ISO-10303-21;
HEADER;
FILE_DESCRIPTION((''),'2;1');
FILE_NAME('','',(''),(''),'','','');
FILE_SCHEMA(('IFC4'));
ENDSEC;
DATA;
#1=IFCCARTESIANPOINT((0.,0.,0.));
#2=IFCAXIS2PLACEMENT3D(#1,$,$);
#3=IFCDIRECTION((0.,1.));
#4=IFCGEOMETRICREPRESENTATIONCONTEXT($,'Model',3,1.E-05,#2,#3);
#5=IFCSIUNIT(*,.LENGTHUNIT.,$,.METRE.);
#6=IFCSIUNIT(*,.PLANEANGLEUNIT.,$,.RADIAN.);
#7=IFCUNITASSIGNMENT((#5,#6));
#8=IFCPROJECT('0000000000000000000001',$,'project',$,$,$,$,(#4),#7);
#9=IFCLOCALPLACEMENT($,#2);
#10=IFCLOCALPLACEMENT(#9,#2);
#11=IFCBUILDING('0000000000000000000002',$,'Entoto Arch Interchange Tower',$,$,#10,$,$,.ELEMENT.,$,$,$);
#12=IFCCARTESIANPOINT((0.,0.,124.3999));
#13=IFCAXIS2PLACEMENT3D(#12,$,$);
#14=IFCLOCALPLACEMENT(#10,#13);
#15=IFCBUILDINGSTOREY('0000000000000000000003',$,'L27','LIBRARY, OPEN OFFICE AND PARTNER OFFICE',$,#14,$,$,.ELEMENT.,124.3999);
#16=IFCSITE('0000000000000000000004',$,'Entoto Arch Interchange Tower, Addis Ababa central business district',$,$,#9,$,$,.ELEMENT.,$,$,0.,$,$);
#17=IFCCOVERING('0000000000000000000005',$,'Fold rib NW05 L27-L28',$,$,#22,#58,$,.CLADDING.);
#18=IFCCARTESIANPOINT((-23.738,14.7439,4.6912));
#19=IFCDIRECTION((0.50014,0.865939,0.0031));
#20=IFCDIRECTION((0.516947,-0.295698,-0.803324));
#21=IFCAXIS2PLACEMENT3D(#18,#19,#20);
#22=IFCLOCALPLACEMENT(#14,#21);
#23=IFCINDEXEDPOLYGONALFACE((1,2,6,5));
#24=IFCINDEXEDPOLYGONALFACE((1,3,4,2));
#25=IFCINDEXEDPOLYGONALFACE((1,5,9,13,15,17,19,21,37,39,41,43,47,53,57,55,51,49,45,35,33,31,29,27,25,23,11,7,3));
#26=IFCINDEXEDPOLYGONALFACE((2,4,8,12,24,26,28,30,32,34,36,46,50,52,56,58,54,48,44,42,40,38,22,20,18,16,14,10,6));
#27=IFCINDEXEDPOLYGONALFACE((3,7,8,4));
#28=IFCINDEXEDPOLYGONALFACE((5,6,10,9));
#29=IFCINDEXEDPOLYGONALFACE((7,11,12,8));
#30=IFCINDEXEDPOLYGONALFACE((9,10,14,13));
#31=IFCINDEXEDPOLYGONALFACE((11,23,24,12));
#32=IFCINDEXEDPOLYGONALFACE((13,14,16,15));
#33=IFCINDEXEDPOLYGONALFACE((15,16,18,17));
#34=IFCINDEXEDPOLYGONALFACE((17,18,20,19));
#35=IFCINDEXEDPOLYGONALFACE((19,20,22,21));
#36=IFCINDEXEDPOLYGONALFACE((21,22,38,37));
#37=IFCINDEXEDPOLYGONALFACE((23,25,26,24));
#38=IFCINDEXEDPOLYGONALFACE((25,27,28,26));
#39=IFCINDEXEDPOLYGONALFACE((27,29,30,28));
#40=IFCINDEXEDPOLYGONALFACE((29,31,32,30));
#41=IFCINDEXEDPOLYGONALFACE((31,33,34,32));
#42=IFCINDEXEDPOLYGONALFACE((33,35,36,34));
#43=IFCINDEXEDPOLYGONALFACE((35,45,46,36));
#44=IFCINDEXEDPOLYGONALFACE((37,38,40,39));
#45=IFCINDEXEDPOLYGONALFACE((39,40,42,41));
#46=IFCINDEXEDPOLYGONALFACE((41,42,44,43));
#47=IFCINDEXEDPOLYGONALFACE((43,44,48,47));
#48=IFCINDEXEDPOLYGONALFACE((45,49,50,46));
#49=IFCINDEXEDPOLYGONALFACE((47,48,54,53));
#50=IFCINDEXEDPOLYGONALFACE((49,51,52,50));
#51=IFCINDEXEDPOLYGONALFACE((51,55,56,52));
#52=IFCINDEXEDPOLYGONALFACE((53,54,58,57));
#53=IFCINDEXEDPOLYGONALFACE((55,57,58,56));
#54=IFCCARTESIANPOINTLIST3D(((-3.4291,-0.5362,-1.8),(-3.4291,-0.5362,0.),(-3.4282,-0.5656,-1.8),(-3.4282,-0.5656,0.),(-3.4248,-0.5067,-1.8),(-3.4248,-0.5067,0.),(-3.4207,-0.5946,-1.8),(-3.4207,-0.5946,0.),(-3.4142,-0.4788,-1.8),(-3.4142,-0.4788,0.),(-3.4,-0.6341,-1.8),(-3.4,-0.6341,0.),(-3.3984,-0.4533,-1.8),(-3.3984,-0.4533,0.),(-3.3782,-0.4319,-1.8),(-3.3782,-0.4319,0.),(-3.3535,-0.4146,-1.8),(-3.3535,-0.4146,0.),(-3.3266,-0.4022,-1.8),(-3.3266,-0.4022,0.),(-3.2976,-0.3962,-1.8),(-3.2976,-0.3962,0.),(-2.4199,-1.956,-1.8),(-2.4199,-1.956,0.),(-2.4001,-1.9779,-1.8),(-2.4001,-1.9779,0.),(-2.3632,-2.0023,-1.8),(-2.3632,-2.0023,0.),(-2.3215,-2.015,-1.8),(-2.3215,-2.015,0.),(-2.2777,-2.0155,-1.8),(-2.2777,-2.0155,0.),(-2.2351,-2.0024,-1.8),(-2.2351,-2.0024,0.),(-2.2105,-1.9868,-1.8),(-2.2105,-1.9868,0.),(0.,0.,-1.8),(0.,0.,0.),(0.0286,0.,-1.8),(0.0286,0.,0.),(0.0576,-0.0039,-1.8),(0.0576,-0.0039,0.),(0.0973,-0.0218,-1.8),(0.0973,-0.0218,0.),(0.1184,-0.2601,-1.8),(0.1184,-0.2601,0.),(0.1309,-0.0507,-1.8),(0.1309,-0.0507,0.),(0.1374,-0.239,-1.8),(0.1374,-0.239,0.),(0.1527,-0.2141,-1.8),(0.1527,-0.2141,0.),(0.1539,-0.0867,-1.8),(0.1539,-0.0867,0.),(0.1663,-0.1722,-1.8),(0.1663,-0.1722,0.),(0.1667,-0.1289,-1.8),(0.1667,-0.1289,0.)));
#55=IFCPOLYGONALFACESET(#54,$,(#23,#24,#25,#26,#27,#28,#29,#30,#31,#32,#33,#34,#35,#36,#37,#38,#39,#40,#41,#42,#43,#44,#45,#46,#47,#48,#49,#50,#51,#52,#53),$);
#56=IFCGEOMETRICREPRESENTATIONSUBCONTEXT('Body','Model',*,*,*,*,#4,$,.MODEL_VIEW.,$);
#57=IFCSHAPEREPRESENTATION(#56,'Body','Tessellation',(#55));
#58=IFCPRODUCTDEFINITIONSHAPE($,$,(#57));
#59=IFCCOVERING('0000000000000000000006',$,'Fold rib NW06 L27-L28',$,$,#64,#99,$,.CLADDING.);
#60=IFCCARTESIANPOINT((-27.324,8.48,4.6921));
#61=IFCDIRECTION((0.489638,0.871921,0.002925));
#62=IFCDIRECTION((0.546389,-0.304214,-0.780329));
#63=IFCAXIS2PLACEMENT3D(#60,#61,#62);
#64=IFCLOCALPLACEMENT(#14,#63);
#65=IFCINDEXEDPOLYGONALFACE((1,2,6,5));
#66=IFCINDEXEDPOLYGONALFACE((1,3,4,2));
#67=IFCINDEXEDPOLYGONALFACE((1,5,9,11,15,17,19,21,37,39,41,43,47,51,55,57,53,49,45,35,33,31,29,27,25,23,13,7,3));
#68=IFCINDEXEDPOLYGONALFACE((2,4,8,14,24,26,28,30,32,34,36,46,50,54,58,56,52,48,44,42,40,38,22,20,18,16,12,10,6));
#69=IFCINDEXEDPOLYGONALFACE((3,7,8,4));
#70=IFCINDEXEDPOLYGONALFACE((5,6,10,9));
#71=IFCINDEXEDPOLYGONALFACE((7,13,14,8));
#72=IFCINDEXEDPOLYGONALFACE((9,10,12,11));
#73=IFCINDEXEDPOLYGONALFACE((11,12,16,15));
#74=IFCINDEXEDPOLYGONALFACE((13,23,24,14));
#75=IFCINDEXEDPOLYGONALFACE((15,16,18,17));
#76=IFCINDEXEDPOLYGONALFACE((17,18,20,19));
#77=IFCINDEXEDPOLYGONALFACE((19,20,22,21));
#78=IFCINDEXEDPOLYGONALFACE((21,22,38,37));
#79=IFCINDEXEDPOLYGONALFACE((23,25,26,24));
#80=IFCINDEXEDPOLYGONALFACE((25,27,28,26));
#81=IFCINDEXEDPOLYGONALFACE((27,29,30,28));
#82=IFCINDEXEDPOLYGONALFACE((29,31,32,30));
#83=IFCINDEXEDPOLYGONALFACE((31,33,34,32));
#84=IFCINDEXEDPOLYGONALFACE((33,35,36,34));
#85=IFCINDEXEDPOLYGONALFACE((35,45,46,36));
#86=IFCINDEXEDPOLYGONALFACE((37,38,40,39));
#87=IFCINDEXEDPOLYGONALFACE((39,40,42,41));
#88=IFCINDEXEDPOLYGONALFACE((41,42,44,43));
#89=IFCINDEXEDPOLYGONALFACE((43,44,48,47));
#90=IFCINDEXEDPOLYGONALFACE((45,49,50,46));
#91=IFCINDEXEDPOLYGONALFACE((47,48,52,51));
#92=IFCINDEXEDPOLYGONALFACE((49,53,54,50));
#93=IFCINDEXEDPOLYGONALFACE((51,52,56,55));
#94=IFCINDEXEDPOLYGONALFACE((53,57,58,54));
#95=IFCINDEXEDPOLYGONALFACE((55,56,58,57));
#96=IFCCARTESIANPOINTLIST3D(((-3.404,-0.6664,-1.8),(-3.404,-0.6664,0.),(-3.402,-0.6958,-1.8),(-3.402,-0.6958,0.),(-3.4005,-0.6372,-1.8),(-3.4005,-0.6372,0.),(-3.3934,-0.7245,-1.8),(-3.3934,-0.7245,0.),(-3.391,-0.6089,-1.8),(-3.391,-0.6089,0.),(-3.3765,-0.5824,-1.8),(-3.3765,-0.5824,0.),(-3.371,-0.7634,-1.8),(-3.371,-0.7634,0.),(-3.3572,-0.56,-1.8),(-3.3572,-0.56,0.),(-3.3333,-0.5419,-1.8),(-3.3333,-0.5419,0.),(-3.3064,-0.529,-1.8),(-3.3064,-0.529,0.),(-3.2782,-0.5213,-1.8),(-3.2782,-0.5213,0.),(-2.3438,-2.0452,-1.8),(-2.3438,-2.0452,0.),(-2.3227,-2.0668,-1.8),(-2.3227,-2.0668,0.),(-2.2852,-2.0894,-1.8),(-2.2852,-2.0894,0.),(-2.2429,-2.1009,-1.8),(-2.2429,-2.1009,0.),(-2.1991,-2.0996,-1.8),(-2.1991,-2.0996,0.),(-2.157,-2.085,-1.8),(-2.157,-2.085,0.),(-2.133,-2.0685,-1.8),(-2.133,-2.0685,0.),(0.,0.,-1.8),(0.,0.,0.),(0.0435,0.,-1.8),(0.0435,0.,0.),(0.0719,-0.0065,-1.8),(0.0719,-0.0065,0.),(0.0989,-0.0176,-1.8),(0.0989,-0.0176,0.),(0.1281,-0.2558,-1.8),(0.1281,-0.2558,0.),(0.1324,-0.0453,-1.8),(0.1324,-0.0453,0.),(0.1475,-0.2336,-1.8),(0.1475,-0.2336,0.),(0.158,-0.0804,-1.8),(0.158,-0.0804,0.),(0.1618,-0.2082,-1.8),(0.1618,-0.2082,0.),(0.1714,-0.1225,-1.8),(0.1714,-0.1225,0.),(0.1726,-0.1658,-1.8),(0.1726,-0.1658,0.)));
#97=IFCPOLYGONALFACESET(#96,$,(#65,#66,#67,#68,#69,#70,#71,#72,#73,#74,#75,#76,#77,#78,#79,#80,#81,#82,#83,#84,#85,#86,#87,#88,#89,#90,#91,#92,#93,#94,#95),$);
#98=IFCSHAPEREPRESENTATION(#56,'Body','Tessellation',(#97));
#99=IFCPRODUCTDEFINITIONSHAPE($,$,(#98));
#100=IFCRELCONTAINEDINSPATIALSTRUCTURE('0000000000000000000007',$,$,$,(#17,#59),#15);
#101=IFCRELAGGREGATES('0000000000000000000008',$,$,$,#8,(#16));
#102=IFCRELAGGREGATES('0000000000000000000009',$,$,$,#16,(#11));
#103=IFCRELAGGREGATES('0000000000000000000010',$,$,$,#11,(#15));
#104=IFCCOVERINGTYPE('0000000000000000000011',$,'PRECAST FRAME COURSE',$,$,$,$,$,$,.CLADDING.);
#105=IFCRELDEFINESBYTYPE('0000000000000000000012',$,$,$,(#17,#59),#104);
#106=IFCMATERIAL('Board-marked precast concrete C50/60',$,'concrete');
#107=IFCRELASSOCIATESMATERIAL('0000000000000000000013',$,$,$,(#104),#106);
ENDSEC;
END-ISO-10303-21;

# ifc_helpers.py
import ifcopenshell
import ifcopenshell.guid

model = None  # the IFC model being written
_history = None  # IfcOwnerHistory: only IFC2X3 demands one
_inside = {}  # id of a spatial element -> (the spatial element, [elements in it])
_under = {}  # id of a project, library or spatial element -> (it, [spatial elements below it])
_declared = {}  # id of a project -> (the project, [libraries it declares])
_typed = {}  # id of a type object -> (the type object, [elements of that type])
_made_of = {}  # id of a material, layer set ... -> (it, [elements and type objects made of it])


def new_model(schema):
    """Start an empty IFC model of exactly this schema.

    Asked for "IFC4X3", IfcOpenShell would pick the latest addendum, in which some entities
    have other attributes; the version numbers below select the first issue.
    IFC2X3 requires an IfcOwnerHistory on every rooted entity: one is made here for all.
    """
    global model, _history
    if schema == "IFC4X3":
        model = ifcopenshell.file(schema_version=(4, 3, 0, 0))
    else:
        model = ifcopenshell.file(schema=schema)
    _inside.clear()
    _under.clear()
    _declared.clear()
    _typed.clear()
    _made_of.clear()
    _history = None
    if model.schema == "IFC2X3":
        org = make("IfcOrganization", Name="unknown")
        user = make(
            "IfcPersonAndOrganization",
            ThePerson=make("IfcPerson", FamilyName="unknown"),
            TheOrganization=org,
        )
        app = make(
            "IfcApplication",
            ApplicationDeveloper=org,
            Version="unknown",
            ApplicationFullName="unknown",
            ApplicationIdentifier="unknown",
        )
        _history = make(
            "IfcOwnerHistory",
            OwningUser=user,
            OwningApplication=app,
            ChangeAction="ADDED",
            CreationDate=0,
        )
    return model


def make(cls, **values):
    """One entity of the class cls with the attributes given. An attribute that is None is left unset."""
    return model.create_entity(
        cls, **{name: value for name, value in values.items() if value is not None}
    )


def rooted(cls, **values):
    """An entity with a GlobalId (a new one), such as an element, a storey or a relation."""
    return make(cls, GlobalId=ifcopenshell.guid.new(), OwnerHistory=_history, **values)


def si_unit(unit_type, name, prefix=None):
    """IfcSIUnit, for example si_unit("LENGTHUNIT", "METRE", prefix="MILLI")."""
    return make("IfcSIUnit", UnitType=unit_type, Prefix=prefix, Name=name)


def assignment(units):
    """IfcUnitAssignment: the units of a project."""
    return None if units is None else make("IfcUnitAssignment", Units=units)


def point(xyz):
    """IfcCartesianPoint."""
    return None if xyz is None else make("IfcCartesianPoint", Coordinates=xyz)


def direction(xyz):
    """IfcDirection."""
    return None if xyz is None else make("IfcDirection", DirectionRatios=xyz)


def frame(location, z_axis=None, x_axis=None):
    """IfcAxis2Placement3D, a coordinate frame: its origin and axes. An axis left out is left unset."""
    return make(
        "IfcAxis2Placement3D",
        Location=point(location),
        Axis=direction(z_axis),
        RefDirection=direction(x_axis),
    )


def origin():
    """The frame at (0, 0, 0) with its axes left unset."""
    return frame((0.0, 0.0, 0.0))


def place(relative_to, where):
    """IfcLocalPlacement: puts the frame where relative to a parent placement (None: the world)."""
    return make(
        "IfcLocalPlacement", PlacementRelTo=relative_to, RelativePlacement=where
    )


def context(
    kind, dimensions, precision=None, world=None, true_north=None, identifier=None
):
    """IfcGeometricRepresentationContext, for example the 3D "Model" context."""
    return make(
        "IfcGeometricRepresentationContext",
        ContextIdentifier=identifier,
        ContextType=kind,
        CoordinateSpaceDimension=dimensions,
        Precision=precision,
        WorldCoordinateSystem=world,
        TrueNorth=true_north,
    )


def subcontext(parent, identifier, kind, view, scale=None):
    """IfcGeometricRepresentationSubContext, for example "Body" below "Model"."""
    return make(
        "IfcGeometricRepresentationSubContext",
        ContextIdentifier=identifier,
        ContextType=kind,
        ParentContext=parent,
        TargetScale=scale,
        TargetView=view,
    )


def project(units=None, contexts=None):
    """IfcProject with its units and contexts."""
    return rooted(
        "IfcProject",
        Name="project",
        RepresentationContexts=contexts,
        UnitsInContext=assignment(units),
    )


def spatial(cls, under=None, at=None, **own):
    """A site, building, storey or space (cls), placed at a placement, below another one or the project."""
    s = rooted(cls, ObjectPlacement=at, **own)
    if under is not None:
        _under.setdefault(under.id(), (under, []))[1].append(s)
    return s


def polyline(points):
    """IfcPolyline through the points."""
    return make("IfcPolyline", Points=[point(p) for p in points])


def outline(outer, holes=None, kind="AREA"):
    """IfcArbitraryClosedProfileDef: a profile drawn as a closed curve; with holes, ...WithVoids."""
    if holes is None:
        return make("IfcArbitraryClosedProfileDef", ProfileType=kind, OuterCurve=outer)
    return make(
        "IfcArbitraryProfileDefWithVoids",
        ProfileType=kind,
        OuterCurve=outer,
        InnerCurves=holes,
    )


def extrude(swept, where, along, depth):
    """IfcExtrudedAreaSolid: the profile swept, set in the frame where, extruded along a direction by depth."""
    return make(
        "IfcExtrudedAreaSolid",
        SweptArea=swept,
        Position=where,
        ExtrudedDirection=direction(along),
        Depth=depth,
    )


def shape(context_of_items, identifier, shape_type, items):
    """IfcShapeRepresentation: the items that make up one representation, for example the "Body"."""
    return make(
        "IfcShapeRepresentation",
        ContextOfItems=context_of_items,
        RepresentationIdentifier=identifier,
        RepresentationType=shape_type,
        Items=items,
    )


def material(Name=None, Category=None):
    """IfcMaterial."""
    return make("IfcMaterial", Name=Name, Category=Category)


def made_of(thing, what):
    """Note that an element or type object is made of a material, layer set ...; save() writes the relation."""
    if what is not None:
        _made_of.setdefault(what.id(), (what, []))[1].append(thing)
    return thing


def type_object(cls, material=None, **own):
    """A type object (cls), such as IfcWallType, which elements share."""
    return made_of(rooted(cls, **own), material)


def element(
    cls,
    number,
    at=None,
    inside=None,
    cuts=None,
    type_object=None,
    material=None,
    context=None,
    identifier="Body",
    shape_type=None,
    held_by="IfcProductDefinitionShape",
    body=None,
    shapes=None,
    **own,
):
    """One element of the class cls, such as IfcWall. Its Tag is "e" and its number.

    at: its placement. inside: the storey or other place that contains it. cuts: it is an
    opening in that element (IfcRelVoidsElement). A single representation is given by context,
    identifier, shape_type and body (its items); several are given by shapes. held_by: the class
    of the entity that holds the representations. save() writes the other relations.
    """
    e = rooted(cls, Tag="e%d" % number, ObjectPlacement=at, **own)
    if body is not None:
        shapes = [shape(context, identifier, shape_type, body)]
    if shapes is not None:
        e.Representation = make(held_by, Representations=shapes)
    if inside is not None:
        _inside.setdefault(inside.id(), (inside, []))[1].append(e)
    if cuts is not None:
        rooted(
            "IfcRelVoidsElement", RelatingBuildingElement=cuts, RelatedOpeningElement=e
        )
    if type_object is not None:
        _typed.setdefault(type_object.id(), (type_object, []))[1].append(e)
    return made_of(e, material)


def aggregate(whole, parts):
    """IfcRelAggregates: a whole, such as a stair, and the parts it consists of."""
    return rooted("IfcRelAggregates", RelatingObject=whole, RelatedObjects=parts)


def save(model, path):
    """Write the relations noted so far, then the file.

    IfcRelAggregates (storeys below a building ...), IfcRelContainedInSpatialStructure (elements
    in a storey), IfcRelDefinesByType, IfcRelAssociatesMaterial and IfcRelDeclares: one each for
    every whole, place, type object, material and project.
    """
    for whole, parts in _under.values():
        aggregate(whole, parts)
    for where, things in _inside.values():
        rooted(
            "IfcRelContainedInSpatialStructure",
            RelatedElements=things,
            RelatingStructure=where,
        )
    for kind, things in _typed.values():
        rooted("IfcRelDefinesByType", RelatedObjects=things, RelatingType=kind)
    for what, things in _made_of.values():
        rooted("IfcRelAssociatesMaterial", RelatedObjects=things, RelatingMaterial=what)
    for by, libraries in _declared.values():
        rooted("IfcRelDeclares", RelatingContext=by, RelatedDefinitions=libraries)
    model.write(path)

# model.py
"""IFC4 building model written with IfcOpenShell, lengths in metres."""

from ifc_helpers import new_model, si_unit, direction, frame, origin, place, context, subcontext, project, spatial, polyline, outline, extrude, material, type_object, element, save


model = new_model("IFC4")

# Units and contexts
model_context = context("Model", 3, precision=1e-05, world=origin(), true_north=direction((0.0, 1.0)))
body_context = subcontext(model_context, "Body", "Model", "MODEL_VIEW")
ifc_project = project(units=[si_unit("LENGTHUNIT", "METRE"), si_unit("PLANEANGLEUNIT", "RADIAN")], contexts=[model_context])

# Site, building, storey
site_placement = place(None, origin())
site = spatial("IfcSite", under=ifc_project, at=site_placement, Name="Entoto Arch Interchange Tower, Addis Ababa central business district", CompositionType="ELEMENT", RefElevation=0.0)
building_placement = place(site_placement, origin())
building = spatial("IfcBuilding", under=site, at=building_placement, Name="Entoto Arch Interchange Tower", CompositionType="ELEMENT")
storey_placement = place(building_placement, frame((0.0, 0.0, 124.3999)))
storey = spatial("IfcBuildingStorey", under=building, at=storey_placement, Name="L27", Description="LIBRARY, OPEN OFFICE AND PARTNER OFFICE", CompositionType="ELEMENT", Elevation=124.3999)

# Coverings
ifc_material_1 = material(Name="Board-marked precast concrete C50/60", Category="concrete")
covering_type = type_object("IfcCoveringType", Name="PRECAST FRAME COURSE", PredefinedType="CLADDING", material=ifc_material_1)
covering_1_placement = place(storey_placement, frame((-23.738, 14.7439, 4.6912), z_axis=(0.50014, 0.865939, 0.0031), x_axis=(0.516947, -0.295698, -0.803324)))
element("IfcCovering", 1, at=covering_1_placement, inside=storey, type_object=covering_type, Name="Fold rib NW05 L27-L28", PredefinedType="CLADDING", context=body_context, shape_type="SweptSolid", body=[
    extrude(outline(polyline([(0.0, 0.0), (0.0286, 0.0), (0.0576, -0.0039), (0.0973, -0.0218), (0.1309, -0.0507), (0.1539, -0.0867), (0.1667, -0.1289), (0.1663, -0.1722), (0.1527, -0.2141), (0.1374, -0.239), (0.1184, -0.2601), (-2.2105, -1.9868), (-2.2351, -2.0024), (-2.2777, -2.0155), (-2.3215, -2.015), (-2.3632, -2.0023), (-2.4001, -1.9779), (-2.4199, -1.956), (-3.4, -0.6341), (-3.4207, -0.5946), (-3.4282, -0.5656), (-3.4291, -0.5362), (-3.4248, -0.5067), (-3.4142, -0.4788), (-3.3984, -0.4533), (-3.3782, -0.4319), (-3.3535, -0.4146), (-3.3266, -0.4022), (-3.2976, -0.3962), (0.0, 0.0)])), origin(), (0.0, 0.0, -1.0), 1.8),
])
covering_2_placement = place(storey_placement, frame((-27.324, 8.48, 4.6921), z_axis=(0.489638, 0.871921, 0.002925), x_axis=(0.546389, -0.304214, -0.780329)))
element("IfcCovering", 2, at=covering_2_placement, inside=storey, type_object=covering_type, Name="Fold rib NW06 L27-L28", PredefinedType="CLADDING", context=body_context, shape_type="SweptSolid", body=[
    extrude(outline(polyline([(0.0, 0.0), (0.0435, 0.0), (0.0719, -0.0065), (0.0989, -0.0176), (0.1324, -0.0453), (0.158, -0.0804), (0.1714, -0.1225), (0.1726, -0.1658), (0.1618, -0.2082), (0.1475, -0.2336), (0.1281, -0.2558), (-2.133, -2.0685), (-2.157, -2.085), (-2.1991, -2.0996), (-2.2429, -2.1009), (-2.2852, -2.0894), (-2.3227, -2.0668), (-2.3438, -2.0452), (-3.371, -0.7634), (-3.3934, -0.7245), (-3.402, -0.6958), (-3.404, -0.6664), (-3.4005, -0.6372), (-3.391, -0.6089), (-3.3765, -0.5824), (-3.3572, -0.56), (-3.3333, -0.5419), (-3.3064, -0.529), (-3.2782, -0.5213), (0.0, 0.0)])), origin(), (0.0, 0.0, -1.0), 1.8),
])

save(model, "model.ifc")
